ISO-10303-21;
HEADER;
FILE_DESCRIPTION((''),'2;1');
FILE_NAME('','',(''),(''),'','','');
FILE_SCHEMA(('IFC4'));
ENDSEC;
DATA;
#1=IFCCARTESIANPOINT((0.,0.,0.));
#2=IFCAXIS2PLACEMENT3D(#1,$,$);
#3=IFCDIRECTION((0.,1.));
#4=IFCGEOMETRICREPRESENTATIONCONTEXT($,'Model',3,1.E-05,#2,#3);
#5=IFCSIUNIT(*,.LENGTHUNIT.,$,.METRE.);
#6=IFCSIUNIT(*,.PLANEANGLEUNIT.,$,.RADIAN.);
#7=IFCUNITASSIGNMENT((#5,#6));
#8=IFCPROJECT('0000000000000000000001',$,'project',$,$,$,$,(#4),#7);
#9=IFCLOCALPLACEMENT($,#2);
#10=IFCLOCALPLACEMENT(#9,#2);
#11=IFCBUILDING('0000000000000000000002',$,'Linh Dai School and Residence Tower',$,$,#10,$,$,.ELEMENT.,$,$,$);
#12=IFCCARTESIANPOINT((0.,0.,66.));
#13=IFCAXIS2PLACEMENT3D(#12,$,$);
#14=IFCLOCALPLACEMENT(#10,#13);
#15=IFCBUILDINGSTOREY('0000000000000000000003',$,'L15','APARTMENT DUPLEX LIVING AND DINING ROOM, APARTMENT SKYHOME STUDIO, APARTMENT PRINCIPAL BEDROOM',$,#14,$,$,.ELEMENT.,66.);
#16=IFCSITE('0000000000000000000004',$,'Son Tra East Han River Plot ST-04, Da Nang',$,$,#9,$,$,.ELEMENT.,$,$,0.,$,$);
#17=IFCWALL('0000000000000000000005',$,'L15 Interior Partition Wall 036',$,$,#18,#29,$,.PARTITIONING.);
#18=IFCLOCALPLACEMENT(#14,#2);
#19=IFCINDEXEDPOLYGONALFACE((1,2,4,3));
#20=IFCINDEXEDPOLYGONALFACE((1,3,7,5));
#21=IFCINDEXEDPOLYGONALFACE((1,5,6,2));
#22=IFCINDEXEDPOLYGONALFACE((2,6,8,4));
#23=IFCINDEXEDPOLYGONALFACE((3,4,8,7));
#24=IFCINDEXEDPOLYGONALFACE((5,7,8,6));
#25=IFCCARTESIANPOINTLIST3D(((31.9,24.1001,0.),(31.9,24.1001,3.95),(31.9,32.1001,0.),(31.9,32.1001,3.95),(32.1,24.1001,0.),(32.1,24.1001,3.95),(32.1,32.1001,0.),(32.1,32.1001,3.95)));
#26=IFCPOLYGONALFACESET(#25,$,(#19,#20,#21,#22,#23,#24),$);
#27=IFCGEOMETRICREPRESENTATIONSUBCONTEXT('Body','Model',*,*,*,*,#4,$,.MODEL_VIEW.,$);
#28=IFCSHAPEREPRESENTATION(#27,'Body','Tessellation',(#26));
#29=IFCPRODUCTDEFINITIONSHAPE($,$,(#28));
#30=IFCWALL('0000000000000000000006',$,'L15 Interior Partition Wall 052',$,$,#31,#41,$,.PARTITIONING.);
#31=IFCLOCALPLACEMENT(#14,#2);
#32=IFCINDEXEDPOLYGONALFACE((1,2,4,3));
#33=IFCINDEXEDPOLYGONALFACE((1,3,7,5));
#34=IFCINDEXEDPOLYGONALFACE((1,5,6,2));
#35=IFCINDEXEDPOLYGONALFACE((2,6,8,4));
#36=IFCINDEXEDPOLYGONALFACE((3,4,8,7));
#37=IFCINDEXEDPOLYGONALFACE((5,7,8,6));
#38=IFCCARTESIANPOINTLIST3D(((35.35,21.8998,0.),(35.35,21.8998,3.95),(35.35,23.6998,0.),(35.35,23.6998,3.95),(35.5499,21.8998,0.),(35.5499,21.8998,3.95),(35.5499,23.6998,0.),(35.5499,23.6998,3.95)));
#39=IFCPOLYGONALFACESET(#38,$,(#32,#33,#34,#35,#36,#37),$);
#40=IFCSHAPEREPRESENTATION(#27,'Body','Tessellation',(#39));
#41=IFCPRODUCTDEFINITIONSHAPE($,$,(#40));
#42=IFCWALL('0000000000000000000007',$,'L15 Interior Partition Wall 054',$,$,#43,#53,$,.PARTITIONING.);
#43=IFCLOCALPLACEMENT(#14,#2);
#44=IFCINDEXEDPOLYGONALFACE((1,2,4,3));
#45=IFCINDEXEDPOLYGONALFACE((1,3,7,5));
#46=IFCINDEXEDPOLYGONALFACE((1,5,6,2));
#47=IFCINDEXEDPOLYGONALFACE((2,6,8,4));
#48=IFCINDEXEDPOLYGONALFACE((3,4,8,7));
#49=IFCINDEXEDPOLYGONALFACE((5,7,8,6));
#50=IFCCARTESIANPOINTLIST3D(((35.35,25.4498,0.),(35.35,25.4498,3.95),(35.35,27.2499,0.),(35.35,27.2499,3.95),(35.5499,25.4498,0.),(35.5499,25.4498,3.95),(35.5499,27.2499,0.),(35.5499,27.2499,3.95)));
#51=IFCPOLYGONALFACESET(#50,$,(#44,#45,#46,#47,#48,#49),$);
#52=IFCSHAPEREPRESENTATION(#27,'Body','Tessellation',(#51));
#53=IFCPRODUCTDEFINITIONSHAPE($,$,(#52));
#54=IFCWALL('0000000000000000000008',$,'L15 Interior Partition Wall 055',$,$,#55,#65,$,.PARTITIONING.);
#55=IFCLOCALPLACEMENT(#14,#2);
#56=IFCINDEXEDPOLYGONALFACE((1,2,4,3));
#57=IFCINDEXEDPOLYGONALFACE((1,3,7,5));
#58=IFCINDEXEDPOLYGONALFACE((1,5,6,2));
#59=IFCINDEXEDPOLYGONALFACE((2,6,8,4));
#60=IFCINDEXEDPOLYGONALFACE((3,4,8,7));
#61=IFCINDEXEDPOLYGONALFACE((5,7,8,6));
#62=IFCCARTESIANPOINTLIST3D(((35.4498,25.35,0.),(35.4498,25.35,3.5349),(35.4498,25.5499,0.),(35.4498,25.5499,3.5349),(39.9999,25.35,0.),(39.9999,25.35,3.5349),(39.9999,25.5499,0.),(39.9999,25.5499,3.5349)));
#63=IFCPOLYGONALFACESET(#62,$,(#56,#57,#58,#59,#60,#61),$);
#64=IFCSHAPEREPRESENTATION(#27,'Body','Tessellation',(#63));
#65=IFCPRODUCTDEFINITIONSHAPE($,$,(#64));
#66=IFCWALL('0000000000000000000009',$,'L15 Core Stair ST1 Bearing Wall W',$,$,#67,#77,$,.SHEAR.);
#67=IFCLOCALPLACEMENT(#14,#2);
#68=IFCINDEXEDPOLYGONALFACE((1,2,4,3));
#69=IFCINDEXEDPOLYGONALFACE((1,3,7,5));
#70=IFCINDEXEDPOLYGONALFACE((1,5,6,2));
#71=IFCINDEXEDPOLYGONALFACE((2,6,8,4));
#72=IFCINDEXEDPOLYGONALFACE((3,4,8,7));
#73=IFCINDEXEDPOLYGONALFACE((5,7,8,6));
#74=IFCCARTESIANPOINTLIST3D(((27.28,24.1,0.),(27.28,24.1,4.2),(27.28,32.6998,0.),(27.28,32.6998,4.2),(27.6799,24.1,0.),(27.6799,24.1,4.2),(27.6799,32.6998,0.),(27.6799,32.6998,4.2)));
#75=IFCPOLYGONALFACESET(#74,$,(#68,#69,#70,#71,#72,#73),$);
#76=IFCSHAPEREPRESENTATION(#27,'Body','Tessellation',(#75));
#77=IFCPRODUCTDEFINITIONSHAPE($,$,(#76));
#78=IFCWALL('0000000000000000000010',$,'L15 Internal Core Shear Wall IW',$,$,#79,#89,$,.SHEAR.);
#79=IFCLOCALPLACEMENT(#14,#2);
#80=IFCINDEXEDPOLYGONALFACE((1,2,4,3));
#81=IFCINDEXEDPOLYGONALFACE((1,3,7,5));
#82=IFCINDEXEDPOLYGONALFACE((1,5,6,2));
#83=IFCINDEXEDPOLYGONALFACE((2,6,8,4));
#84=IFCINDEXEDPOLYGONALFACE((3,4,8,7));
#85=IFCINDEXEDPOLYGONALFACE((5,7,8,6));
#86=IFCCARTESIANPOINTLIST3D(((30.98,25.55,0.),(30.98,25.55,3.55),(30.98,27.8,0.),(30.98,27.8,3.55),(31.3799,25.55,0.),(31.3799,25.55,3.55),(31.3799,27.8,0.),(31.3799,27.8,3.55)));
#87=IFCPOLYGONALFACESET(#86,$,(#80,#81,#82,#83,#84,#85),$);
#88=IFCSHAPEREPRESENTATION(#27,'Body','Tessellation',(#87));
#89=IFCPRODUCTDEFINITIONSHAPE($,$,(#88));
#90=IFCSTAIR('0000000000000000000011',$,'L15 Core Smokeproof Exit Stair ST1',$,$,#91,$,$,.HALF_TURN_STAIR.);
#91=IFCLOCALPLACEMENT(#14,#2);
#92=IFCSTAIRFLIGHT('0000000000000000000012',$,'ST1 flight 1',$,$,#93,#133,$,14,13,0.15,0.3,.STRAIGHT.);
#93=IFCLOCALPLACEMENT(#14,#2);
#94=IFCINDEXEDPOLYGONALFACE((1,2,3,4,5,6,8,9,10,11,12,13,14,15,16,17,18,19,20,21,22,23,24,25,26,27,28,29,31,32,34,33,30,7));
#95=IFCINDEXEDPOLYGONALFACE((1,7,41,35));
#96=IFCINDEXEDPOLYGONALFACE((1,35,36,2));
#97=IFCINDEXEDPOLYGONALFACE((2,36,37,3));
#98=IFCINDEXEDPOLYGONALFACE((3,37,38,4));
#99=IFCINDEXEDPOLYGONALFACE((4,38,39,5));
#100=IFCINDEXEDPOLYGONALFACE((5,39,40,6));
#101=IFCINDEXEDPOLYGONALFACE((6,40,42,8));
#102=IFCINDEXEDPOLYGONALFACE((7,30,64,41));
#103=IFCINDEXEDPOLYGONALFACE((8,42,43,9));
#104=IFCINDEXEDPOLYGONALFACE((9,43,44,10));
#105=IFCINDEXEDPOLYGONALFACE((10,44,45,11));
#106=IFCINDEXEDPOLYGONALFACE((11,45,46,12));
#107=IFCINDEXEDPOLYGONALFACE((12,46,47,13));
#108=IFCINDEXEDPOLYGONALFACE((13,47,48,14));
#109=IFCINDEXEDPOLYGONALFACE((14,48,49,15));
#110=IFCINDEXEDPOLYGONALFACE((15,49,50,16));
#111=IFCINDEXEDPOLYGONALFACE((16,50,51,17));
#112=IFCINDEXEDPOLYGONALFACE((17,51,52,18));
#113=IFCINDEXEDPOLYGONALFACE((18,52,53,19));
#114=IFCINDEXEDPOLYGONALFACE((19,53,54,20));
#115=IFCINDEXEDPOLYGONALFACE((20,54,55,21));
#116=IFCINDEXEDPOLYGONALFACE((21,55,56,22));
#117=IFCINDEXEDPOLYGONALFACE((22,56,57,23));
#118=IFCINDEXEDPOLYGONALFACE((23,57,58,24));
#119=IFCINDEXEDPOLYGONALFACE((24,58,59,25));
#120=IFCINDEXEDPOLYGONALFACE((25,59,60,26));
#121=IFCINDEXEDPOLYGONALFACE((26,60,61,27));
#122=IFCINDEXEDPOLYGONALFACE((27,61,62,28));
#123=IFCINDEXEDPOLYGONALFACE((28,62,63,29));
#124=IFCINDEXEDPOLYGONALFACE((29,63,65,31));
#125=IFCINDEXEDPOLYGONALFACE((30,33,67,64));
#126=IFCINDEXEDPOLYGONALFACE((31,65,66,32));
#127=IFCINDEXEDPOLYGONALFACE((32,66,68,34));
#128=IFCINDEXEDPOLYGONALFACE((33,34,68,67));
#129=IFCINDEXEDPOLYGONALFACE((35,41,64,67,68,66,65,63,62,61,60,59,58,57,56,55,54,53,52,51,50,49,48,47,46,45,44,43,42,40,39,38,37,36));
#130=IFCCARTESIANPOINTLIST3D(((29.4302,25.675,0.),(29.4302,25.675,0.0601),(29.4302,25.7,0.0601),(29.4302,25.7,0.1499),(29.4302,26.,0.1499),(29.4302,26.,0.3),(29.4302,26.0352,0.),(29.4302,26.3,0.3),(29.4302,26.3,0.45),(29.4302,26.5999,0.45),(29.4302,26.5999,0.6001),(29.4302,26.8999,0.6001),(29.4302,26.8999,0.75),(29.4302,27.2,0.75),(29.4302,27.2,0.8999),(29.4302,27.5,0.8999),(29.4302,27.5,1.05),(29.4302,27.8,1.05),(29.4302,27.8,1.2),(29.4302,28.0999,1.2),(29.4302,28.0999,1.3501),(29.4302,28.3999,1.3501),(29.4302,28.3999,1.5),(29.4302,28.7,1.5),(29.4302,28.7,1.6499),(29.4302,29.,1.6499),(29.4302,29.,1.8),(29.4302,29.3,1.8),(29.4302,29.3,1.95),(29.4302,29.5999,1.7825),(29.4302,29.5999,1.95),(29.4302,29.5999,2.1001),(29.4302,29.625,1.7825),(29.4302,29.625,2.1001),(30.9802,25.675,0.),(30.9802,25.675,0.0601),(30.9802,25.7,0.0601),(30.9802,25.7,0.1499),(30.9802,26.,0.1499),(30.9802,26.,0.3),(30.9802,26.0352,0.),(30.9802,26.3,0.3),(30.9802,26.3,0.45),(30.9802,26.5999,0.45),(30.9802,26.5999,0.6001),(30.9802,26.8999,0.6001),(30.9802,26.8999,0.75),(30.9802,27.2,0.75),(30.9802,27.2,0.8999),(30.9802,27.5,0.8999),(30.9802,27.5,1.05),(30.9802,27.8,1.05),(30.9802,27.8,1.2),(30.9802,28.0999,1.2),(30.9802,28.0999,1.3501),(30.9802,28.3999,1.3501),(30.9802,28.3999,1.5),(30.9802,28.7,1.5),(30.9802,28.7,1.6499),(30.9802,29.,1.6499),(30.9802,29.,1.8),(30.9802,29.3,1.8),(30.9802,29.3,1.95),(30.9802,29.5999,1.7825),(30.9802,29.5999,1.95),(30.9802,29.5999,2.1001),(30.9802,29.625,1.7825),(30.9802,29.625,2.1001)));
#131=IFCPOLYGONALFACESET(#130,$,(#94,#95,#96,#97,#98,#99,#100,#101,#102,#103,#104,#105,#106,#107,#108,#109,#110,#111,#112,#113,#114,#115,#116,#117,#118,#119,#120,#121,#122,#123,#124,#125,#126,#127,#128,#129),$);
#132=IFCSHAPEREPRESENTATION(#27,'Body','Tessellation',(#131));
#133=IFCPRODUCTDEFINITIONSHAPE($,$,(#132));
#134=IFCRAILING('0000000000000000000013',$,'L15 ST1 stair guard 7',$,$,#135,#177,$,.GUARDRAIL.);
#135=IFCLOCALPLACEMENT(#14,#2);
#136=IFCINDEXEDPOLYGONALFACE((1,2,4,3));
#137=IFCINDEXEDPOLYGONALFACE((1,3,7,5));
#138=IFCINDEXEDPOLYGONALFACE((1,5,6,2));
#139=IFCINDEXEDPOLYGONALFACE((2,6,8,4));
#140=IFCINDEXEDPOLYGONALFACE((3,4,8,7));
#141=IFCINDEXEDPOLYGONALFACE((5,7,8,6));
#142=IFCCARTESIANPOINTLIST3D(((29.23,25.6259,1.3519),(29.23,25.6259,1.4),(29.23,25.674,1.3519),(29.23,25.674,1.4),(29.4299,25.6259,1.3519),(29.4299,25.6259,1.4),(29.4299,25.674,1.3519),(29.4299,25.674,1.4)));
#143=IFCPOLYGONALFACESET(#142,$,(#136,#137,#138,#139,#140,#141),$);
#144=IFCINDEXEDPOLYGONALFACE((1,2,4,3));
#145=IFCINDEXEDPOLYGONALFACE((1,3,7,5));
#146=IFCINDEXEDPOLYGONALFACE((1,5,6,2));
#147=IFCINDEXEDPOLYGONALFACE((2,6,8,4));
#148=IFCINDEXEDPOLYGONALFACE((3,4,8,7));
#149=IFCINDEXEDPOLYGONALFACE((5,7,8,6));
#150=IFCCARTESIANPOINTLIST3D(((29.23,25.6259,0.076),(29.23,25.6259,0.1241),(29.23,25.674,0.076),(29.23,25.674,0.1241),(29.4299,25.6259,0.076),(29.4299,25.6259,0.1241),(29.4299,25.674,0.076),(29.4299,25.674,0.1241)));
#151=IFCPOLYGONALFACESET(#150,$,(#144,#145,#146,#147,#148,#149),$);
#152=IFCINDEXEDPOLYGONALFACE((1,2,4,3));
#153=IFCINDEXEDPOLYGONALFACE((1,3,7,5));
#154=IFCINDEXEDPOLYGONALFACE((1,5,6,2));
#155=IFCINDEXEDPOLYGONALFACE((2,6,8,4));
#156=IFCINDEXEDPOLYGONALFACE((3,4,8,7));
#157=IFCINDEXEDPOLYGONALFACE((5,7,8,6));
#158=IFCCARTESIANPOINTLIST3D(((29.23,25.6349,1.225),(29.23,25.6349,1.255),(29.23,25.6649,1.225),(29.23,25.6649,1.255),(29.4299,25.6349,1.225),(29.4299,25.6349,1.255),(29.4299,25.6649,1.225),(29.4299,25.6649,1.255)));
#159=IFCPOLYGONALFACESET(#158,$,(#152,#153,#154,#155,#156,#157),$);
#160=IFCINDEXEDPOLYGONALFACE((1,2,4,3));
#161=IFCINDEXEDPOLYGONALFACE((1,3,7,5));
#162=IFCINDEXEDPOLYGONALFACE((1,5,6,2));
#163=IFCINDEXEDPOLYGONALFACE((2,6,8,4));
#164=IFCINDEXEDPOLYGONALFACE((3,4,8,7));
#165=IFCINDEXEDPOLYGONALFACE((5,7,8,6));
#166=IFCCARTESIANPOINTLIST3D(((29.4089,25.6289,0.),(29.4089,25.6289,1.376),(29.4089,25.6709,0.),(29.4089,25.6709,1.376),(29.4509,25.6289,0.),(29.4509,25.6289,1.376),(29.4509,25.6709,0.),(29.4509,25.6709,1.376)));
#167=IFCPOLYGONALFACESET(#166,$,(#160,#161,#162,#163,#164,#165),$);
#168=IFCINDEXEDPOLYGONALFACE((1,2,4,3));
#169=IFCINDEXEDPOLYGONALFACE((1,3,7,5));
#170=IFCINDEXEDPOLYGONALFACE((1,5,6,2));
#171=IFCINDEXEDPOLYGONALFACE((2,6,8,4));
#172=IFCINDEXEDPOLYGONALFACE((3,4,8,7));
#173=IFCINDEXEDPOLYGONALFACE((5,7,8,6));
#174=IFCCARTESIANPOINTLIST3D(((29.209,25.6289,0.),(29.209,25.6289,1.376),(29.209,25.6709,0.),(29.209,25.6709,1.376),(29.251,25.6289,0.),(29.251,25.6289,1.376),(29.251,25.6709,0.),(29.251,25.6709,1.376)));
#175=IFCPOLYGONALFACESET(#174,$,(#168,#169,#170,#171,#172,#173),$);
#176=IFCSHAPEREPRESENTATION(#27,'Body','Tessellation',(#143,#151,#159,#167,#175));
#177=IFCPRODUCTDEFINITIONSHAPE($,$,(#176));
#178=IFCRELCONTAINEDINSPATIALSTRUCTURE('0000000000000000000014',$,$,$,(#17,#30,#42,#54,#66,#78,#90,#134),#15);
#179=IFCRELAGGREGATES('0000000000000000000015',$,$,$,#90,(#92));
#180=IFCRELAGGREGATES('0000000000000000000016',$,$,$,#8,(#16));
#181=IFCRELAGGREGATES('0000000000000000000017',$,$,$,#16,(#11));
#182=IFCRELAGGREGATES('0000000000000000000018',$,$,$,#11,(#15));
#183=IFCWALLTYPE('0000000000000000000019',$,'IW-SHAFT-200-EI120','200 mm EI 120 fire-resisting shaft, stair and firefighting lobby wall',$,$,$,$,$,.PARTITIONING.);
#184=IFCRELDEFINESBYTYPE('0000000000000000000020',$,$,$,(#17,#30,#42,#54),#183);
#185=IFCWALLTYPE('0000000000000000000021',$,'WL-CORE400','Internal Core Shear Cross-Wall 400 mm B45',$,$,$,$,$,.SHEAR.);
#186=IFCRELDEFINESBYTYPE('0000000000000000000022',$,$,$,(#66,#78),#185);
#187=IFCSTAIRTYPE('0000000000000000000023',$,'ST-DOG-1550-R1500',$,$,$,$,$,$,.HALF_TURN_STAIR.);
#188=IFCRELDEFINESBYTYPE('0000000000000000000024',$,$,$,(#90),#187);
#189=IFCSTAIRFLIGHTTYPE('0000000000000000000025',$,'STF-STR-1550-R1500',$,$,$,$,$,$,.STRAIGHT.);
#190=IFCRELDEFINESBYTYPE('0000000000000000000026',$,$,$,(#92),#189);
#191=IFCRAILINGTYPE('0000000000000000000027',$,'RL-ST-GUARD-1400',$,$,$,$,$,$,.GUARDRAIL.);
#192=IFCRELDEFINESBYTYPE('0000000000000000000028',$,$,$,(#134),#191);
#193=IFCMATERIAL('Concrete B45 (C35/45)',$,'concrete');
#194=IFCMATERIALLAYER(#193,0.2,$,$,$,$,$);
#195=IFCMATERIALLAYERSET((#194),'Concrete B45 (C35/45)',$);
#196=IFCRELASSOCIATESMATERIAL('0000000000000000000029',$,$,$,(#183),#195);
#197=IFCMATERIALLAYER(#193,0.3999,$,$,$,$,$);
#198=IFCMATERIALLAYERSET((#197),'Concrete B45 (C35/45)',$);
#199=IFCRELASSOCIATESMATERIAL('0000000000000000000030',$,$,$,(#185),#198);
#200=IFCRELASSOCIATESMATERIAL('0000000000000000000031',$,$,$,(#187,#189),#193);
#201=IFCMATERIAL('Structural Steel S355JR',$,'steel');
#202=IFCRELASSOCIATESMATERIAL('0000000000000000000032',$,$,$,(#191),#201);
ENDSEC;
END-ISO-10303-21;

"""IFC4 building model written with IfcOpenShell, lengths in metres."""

from ifc_helpers import new_model, si_unit, direction, frame, frame_2d, origin, origin_2d, place, context, subcontext, project, spatial, polyline, rectangle, outline, extrude, source, transform, mapped, material, layer, layer_set, type_object, element, aggregate, save


model = new_model("IFC4")

# Units and contexts
model_context = context("Model", 3, precision=1e-05, world=origin(), true_north=direction((0.0, 1.0)))
body_context = subcontext(model_context, "Body", "Model", "MODEL_VIEW")
ifc_project = project(units=[si_unit("LENGTHUNIT", "METRE"), si_unit("PLANEANGLEUNIT", "RADIAN")], contexts=[model_context])

# Site, building, storey
site_placement = place(None, origin())
site = spatial("IfcSite", under=ifc_project, at=site_placement, Name="Son Tra East Han River Plot ST-04, Da Nang", CompositionType="ELEMENT", RefElevation=0.0)
building_placement = place(site_placement, origin())
building = spatial("IfcBuilding", under=site, at=building_placement, Name="Linh Dai School and Residence Tower", CompositionType="ELEMENT")
storey_placement = place(building_placement, frame((0.0, 0.0, 66.0)))
storey = spatial("IfcBuildingStorey", under=building, at=storey_placement, Name="L15", Description="APARTMENT DUPLEX LIVING AND DINING ROOM, APARTMENT SKYHOME STUDIO, APARTMENT PRINCIPAL BEDROOM", CompositionType="ELEMENT", Elevation=66.0)

# Shared definitions
ifc_material_1 = material(Name="Structural Steel S355JR", Category="steel")

# Shared definitions
ifc_material_2 = material(Name="Concrete B45 (C35/45)", Category="concrete")
ifc_layer_1 = layer(ifc_material_2, 0.2)
ifc_layer_set_1 = layer_set([ifc_layer_1], Name="Concrete B45 (C35/45)")
wall_type_1 = type_object("IfcWallType", Name="IW-SHAFT-200-EI120", Description="200 mm EI 120 fire-resisting shaft, stair and firefighting lobby wall", PredefinedType="PARTITIONING", material=ifc_layer_set_1)

# Wall
wall_1_placement = place(storey_placement, frame((32.0, 24.1001, 0.0), z_axis=(0.0, 0.0, 1.0), x_axis=(0.0, 1.0, 0.0)))
element("IfcWall", 1, at=wall_1_placement, inside=storey, type_object=wall_type_1, Name="L15 Interior Partition Wall 036", PredefinedType="PARTITIONING", context=body_context, shape_type="SweptSolid", body=[
    extrude(rectangle(XDim=8.0, YDim=0.2, at=frame_2d((4.0, 0.0))), origin(), (0.0, 0.0, 1.0), 3.95),
])

# Wall
wall_2_placement = place(storey_placement, frame((35.45, 21.8999, 0.0), z_axis=(0.0, 0.0, 1.0), x_axis=(0.0, 1.0, 0.0)))
element("IfcWall", 2, at=wall_2_placement, inside=storey, type_object=wall_type_1, Name="L15 Interior Partition Wall 052", PredefinedType="PARTITIONING", context=body_context, shape_type="SweptSolid", body=[
    extrude(rectangle(XDim=1.8, YDim=0.2, at=frame_2d((0.8999, 0.0))), origin(), (0.0, 0.0, 1.0), 3.95),
])

# Walls
wall_3_placement = place(storey_placement, frame((35.45, 25.45, 0.0), z_axis=(0.0, 0.0, 1.0), x_axis=(0.0, 1.0, 0.0)))
element("IfcWall", 3, at=wall_3_placement, inside=storey, type_object=wall_type_1, Name="L15 Interior Partition Wall 054", PredefinedType="PARTITIONING", context=body_context, shape_type="SweptSolid", body=[
    extrude(rectangle(XDim=1.8, YDim=0.2, at=frame_2d((0.8999, 0.0))), origin(), (0.0, 0.0, 1.0), 3.95),
])
wall_4_placement = place(storey_placement, frame((35.45, 25.45, 0.0), z_axis=(0.0, 0.0, 1.0), x_axis=(1.0, 0.0, 0.0)))
element("IfcWall", 4, at=wall_4_placement, inside=storey, type_object=wall_type_1, Name="L15 Interior Partition Wall 055", PredefinedType="PARTITIONING", context=body_context, shape_type="SweptSolid", body=[
    extrude(rectangle(XDim=4.55, YDim=0.2, at=frame_2d((2.2749, 0.0))), origin(), (0.0, 0.0, 1.0), 3.5349),
])
ifc_layer_2 = layer(ifc_material_2, 0.3999)
ifc_layer_set_2 = layer_set([ifc_layer_2], Name="Concrete B45 (C35/45)")
wall_type_2 = type_object("IfcWallType", Name="WL-CORE400", Description="Internal Core Shear Cross-Wall 400 mm B45", PredefinedType="SHEAR", material=ifc_layer_set_2)
wall_5_placement = place(storey_placement, frame((27.48, 24.1001, 0.0), z_axis=(0.0, 0.0, 1.0), x_axis=(0.0, 1.0, 0.0)))
element("IfcWall", 5, at=wall_5_placement, inside=storey, type_object=wall_type_2, Name="L15 Core Stair ST1 Bearing Wall W", PredefinedType="SHEAR", context=body_context, shape_type="SweptSolid", body=[
    extrude(rectangle(XDim=8.5999, YDim=0.3999, at=frame_2d((4.2998, 0.0))), origin(), (0.0, 0.0, 1.0), 4.2),
])
wall_6_placement = place(storey_placement, frame((31.1799, 25.55, 0.0), z_axis=(0.0, 0.0, 1.0), x_axis=(0.0, 1.0, 0.0)))
element("IfcWall", 6, at=wall_6_placement, inside=storey, type_object=wall_type_2, Name="L15 Internal Core Shear Wall IW", PredefinedType="SHEAR", context=body_context, shape_type="SweptSolid", body=[
    extrude(rectangle(XDim=2.25, YDim=0.3999, at=frame_2d((1.125, 0.0))), origin(), (0.0, 0.0, 1.0), 3.55),
])

# Stair, stair flight
stair_type = type_object("IfcStairType", Name="ST-DOG-1550-R1500", PredefinedType="HALF_TURN_STAIR", material=ifc_material_2)
stair_placement = place(storey_placement, origin())
stair = element("IfcStair", 7, at=stair_placement, inside=storey, type_object=stair_type, Name="L15 Core Smokeproof Exit Stair ST1", PredefinedType="HALF_TURN_STAIR")
stair_flight_type = type_object("IfcStairFlightType", Name="STF-STR-1550-R1500", PredefinedType="STRAIGHT", material=ifc_material_2)
shared_shape_1 = source(origin(), body_context, "Body", "SweptSolid", [
    extrude(outline(polyline([(-0.0249, 0.0), (-0.0249, 0.0601), (0.0, 0.0601), (0.0, 0.1499), (0.3, 0.1499), (0.3, 0.3), (0.6001, 0.3), (0.6001, 0.45), (0.8999, 0.45), (0.8999, 0.6001), (1.2, 0.6001), (1.2, 0.75), (1.5, 0.75), (1.5, 0.8999), (1.8, 0.8999), (1.8, 1.05), (2.1001, 1.05), (2.1001, 1.2), (2.3999, 1.2), (2.3999, 1.3501), (2.7, 1.3501), (2.7, 1.5), (3.0, 1.5), (3.0, 1.6499), (3.3, 1.6499), (3.3, 1.8), (3.6001, 1.8), (3.6001, 1.95), (3.8999, 1.95), (3.8999, 2.1001), (3.925, 2.1001), (3.925, 1.7825), (3.8999, 1.7825), (0.3352, 0.0), (-0.0249, 0.0)])), frame((0.0, 0.7749, 0.0), z_axis=(0.0, -1.0, 0.0), x_axis=(1.0, 0.0, 0.0)), (0.0, 0.0, 1.0), 1.55),
])
stair_flight_placement = place(storey_placement, frame((30.2051, 25.7, 0.0), z_axis=(0.0, 0.0, 1.0), x_axis=(0.0, 1.0, 0.0)))
stair_flight = element("IfcStairFlight", 8, at=stair_flight_placement, type_object=stair_flight_type, Name="ST1 flight 1", NumberOfRisers=14, NumberOfTreads=13, PredefinedType="STRAIGHT", RiserHeight=0.15, TreadLength=0.3, context=body_context, shape_type="MappedRepresentation", body=[
    mapped(shared_shape_1, transform((0.0, 0.0, 0.0), x_axis=(1.0, 0.0, 0.0), y_axis=(0.0, 1.0, 0.0), z_axis=(0.0, 0.0, 1.0), scale=1.0)),
])
aggregate(stair, [stair_flight])

# Railing
railing_type_1 = type_object("IfcRailingType", Name="RL-ST-GUARD-1400", PredefinedType="GUARDRAIL", material=ifc_material_1)
shared_shape_2 = source(origin(), body_context, "Body", "SweptSolid", [
    extrude(rectangle(XDim=0.0481, YDim=0.0481, at=origin_2d()), frame((0.0, 0.0, 1.376), z_axis=(-1.0, 0.0, 0.0), x_axis=(0.0, -1.0, 0.0)), (0.0, 0.0, 1.0), 0.2),
    extrude(rectangle(XDim=0.0481, YDim=0.0481, at=origin_2d()), frame((0.0, 0.0, 0.1001), z_axis=(-1.0, 0.0, 0.0), x_axis=(0.0, -1.0, 0.0)), (0.0, 0.0, 1.0), 0.2),
    extrude(rectangle(XDim=0.03, YDim=0.03, at=origin_2d()), frame((0.0, 0.0, 1.24), z_axis=(-1.0, 0.0, 0.0), x_axis=(0.0, -1.0, 0.0)), (0.0, 0.0, 1.0), 0.2),
    extrude(rectangle(XDim=0.042, YDim=0.042, at=origin_2d()), origin(), (0.0, 0.0, 1.0), 1.376),
    extrude(rectangle(XDim=0.042, YDim=0.042, at=origin_2d()), frame((-0.2, 0.0, 0.0)), (0.0, 0.0, 1.0), 1.376),
])
railing_1_placement = place(storey_placement, frame((29.4299, 25.6499, 0.0)))
element("IfcRailing", 9, at=railing_1_placement, inside=storey, type_object=railing_type_1, Name="L15 ST1 stair guard 7", PredefinedType="GUARDRAIL", context=body_context, shape_type="MappedRepresentation", body=[
    mapped(shared_shape_2, transform((0.0, 0.0, 0.0), x_axis=(1.0, 0.0, 0.0), y_axis=(0.0, 1.0, 0.0), z_axis=(0.0, 0.0, 1.0), scale=1.0)),
])

save(model, "model.ifc")
